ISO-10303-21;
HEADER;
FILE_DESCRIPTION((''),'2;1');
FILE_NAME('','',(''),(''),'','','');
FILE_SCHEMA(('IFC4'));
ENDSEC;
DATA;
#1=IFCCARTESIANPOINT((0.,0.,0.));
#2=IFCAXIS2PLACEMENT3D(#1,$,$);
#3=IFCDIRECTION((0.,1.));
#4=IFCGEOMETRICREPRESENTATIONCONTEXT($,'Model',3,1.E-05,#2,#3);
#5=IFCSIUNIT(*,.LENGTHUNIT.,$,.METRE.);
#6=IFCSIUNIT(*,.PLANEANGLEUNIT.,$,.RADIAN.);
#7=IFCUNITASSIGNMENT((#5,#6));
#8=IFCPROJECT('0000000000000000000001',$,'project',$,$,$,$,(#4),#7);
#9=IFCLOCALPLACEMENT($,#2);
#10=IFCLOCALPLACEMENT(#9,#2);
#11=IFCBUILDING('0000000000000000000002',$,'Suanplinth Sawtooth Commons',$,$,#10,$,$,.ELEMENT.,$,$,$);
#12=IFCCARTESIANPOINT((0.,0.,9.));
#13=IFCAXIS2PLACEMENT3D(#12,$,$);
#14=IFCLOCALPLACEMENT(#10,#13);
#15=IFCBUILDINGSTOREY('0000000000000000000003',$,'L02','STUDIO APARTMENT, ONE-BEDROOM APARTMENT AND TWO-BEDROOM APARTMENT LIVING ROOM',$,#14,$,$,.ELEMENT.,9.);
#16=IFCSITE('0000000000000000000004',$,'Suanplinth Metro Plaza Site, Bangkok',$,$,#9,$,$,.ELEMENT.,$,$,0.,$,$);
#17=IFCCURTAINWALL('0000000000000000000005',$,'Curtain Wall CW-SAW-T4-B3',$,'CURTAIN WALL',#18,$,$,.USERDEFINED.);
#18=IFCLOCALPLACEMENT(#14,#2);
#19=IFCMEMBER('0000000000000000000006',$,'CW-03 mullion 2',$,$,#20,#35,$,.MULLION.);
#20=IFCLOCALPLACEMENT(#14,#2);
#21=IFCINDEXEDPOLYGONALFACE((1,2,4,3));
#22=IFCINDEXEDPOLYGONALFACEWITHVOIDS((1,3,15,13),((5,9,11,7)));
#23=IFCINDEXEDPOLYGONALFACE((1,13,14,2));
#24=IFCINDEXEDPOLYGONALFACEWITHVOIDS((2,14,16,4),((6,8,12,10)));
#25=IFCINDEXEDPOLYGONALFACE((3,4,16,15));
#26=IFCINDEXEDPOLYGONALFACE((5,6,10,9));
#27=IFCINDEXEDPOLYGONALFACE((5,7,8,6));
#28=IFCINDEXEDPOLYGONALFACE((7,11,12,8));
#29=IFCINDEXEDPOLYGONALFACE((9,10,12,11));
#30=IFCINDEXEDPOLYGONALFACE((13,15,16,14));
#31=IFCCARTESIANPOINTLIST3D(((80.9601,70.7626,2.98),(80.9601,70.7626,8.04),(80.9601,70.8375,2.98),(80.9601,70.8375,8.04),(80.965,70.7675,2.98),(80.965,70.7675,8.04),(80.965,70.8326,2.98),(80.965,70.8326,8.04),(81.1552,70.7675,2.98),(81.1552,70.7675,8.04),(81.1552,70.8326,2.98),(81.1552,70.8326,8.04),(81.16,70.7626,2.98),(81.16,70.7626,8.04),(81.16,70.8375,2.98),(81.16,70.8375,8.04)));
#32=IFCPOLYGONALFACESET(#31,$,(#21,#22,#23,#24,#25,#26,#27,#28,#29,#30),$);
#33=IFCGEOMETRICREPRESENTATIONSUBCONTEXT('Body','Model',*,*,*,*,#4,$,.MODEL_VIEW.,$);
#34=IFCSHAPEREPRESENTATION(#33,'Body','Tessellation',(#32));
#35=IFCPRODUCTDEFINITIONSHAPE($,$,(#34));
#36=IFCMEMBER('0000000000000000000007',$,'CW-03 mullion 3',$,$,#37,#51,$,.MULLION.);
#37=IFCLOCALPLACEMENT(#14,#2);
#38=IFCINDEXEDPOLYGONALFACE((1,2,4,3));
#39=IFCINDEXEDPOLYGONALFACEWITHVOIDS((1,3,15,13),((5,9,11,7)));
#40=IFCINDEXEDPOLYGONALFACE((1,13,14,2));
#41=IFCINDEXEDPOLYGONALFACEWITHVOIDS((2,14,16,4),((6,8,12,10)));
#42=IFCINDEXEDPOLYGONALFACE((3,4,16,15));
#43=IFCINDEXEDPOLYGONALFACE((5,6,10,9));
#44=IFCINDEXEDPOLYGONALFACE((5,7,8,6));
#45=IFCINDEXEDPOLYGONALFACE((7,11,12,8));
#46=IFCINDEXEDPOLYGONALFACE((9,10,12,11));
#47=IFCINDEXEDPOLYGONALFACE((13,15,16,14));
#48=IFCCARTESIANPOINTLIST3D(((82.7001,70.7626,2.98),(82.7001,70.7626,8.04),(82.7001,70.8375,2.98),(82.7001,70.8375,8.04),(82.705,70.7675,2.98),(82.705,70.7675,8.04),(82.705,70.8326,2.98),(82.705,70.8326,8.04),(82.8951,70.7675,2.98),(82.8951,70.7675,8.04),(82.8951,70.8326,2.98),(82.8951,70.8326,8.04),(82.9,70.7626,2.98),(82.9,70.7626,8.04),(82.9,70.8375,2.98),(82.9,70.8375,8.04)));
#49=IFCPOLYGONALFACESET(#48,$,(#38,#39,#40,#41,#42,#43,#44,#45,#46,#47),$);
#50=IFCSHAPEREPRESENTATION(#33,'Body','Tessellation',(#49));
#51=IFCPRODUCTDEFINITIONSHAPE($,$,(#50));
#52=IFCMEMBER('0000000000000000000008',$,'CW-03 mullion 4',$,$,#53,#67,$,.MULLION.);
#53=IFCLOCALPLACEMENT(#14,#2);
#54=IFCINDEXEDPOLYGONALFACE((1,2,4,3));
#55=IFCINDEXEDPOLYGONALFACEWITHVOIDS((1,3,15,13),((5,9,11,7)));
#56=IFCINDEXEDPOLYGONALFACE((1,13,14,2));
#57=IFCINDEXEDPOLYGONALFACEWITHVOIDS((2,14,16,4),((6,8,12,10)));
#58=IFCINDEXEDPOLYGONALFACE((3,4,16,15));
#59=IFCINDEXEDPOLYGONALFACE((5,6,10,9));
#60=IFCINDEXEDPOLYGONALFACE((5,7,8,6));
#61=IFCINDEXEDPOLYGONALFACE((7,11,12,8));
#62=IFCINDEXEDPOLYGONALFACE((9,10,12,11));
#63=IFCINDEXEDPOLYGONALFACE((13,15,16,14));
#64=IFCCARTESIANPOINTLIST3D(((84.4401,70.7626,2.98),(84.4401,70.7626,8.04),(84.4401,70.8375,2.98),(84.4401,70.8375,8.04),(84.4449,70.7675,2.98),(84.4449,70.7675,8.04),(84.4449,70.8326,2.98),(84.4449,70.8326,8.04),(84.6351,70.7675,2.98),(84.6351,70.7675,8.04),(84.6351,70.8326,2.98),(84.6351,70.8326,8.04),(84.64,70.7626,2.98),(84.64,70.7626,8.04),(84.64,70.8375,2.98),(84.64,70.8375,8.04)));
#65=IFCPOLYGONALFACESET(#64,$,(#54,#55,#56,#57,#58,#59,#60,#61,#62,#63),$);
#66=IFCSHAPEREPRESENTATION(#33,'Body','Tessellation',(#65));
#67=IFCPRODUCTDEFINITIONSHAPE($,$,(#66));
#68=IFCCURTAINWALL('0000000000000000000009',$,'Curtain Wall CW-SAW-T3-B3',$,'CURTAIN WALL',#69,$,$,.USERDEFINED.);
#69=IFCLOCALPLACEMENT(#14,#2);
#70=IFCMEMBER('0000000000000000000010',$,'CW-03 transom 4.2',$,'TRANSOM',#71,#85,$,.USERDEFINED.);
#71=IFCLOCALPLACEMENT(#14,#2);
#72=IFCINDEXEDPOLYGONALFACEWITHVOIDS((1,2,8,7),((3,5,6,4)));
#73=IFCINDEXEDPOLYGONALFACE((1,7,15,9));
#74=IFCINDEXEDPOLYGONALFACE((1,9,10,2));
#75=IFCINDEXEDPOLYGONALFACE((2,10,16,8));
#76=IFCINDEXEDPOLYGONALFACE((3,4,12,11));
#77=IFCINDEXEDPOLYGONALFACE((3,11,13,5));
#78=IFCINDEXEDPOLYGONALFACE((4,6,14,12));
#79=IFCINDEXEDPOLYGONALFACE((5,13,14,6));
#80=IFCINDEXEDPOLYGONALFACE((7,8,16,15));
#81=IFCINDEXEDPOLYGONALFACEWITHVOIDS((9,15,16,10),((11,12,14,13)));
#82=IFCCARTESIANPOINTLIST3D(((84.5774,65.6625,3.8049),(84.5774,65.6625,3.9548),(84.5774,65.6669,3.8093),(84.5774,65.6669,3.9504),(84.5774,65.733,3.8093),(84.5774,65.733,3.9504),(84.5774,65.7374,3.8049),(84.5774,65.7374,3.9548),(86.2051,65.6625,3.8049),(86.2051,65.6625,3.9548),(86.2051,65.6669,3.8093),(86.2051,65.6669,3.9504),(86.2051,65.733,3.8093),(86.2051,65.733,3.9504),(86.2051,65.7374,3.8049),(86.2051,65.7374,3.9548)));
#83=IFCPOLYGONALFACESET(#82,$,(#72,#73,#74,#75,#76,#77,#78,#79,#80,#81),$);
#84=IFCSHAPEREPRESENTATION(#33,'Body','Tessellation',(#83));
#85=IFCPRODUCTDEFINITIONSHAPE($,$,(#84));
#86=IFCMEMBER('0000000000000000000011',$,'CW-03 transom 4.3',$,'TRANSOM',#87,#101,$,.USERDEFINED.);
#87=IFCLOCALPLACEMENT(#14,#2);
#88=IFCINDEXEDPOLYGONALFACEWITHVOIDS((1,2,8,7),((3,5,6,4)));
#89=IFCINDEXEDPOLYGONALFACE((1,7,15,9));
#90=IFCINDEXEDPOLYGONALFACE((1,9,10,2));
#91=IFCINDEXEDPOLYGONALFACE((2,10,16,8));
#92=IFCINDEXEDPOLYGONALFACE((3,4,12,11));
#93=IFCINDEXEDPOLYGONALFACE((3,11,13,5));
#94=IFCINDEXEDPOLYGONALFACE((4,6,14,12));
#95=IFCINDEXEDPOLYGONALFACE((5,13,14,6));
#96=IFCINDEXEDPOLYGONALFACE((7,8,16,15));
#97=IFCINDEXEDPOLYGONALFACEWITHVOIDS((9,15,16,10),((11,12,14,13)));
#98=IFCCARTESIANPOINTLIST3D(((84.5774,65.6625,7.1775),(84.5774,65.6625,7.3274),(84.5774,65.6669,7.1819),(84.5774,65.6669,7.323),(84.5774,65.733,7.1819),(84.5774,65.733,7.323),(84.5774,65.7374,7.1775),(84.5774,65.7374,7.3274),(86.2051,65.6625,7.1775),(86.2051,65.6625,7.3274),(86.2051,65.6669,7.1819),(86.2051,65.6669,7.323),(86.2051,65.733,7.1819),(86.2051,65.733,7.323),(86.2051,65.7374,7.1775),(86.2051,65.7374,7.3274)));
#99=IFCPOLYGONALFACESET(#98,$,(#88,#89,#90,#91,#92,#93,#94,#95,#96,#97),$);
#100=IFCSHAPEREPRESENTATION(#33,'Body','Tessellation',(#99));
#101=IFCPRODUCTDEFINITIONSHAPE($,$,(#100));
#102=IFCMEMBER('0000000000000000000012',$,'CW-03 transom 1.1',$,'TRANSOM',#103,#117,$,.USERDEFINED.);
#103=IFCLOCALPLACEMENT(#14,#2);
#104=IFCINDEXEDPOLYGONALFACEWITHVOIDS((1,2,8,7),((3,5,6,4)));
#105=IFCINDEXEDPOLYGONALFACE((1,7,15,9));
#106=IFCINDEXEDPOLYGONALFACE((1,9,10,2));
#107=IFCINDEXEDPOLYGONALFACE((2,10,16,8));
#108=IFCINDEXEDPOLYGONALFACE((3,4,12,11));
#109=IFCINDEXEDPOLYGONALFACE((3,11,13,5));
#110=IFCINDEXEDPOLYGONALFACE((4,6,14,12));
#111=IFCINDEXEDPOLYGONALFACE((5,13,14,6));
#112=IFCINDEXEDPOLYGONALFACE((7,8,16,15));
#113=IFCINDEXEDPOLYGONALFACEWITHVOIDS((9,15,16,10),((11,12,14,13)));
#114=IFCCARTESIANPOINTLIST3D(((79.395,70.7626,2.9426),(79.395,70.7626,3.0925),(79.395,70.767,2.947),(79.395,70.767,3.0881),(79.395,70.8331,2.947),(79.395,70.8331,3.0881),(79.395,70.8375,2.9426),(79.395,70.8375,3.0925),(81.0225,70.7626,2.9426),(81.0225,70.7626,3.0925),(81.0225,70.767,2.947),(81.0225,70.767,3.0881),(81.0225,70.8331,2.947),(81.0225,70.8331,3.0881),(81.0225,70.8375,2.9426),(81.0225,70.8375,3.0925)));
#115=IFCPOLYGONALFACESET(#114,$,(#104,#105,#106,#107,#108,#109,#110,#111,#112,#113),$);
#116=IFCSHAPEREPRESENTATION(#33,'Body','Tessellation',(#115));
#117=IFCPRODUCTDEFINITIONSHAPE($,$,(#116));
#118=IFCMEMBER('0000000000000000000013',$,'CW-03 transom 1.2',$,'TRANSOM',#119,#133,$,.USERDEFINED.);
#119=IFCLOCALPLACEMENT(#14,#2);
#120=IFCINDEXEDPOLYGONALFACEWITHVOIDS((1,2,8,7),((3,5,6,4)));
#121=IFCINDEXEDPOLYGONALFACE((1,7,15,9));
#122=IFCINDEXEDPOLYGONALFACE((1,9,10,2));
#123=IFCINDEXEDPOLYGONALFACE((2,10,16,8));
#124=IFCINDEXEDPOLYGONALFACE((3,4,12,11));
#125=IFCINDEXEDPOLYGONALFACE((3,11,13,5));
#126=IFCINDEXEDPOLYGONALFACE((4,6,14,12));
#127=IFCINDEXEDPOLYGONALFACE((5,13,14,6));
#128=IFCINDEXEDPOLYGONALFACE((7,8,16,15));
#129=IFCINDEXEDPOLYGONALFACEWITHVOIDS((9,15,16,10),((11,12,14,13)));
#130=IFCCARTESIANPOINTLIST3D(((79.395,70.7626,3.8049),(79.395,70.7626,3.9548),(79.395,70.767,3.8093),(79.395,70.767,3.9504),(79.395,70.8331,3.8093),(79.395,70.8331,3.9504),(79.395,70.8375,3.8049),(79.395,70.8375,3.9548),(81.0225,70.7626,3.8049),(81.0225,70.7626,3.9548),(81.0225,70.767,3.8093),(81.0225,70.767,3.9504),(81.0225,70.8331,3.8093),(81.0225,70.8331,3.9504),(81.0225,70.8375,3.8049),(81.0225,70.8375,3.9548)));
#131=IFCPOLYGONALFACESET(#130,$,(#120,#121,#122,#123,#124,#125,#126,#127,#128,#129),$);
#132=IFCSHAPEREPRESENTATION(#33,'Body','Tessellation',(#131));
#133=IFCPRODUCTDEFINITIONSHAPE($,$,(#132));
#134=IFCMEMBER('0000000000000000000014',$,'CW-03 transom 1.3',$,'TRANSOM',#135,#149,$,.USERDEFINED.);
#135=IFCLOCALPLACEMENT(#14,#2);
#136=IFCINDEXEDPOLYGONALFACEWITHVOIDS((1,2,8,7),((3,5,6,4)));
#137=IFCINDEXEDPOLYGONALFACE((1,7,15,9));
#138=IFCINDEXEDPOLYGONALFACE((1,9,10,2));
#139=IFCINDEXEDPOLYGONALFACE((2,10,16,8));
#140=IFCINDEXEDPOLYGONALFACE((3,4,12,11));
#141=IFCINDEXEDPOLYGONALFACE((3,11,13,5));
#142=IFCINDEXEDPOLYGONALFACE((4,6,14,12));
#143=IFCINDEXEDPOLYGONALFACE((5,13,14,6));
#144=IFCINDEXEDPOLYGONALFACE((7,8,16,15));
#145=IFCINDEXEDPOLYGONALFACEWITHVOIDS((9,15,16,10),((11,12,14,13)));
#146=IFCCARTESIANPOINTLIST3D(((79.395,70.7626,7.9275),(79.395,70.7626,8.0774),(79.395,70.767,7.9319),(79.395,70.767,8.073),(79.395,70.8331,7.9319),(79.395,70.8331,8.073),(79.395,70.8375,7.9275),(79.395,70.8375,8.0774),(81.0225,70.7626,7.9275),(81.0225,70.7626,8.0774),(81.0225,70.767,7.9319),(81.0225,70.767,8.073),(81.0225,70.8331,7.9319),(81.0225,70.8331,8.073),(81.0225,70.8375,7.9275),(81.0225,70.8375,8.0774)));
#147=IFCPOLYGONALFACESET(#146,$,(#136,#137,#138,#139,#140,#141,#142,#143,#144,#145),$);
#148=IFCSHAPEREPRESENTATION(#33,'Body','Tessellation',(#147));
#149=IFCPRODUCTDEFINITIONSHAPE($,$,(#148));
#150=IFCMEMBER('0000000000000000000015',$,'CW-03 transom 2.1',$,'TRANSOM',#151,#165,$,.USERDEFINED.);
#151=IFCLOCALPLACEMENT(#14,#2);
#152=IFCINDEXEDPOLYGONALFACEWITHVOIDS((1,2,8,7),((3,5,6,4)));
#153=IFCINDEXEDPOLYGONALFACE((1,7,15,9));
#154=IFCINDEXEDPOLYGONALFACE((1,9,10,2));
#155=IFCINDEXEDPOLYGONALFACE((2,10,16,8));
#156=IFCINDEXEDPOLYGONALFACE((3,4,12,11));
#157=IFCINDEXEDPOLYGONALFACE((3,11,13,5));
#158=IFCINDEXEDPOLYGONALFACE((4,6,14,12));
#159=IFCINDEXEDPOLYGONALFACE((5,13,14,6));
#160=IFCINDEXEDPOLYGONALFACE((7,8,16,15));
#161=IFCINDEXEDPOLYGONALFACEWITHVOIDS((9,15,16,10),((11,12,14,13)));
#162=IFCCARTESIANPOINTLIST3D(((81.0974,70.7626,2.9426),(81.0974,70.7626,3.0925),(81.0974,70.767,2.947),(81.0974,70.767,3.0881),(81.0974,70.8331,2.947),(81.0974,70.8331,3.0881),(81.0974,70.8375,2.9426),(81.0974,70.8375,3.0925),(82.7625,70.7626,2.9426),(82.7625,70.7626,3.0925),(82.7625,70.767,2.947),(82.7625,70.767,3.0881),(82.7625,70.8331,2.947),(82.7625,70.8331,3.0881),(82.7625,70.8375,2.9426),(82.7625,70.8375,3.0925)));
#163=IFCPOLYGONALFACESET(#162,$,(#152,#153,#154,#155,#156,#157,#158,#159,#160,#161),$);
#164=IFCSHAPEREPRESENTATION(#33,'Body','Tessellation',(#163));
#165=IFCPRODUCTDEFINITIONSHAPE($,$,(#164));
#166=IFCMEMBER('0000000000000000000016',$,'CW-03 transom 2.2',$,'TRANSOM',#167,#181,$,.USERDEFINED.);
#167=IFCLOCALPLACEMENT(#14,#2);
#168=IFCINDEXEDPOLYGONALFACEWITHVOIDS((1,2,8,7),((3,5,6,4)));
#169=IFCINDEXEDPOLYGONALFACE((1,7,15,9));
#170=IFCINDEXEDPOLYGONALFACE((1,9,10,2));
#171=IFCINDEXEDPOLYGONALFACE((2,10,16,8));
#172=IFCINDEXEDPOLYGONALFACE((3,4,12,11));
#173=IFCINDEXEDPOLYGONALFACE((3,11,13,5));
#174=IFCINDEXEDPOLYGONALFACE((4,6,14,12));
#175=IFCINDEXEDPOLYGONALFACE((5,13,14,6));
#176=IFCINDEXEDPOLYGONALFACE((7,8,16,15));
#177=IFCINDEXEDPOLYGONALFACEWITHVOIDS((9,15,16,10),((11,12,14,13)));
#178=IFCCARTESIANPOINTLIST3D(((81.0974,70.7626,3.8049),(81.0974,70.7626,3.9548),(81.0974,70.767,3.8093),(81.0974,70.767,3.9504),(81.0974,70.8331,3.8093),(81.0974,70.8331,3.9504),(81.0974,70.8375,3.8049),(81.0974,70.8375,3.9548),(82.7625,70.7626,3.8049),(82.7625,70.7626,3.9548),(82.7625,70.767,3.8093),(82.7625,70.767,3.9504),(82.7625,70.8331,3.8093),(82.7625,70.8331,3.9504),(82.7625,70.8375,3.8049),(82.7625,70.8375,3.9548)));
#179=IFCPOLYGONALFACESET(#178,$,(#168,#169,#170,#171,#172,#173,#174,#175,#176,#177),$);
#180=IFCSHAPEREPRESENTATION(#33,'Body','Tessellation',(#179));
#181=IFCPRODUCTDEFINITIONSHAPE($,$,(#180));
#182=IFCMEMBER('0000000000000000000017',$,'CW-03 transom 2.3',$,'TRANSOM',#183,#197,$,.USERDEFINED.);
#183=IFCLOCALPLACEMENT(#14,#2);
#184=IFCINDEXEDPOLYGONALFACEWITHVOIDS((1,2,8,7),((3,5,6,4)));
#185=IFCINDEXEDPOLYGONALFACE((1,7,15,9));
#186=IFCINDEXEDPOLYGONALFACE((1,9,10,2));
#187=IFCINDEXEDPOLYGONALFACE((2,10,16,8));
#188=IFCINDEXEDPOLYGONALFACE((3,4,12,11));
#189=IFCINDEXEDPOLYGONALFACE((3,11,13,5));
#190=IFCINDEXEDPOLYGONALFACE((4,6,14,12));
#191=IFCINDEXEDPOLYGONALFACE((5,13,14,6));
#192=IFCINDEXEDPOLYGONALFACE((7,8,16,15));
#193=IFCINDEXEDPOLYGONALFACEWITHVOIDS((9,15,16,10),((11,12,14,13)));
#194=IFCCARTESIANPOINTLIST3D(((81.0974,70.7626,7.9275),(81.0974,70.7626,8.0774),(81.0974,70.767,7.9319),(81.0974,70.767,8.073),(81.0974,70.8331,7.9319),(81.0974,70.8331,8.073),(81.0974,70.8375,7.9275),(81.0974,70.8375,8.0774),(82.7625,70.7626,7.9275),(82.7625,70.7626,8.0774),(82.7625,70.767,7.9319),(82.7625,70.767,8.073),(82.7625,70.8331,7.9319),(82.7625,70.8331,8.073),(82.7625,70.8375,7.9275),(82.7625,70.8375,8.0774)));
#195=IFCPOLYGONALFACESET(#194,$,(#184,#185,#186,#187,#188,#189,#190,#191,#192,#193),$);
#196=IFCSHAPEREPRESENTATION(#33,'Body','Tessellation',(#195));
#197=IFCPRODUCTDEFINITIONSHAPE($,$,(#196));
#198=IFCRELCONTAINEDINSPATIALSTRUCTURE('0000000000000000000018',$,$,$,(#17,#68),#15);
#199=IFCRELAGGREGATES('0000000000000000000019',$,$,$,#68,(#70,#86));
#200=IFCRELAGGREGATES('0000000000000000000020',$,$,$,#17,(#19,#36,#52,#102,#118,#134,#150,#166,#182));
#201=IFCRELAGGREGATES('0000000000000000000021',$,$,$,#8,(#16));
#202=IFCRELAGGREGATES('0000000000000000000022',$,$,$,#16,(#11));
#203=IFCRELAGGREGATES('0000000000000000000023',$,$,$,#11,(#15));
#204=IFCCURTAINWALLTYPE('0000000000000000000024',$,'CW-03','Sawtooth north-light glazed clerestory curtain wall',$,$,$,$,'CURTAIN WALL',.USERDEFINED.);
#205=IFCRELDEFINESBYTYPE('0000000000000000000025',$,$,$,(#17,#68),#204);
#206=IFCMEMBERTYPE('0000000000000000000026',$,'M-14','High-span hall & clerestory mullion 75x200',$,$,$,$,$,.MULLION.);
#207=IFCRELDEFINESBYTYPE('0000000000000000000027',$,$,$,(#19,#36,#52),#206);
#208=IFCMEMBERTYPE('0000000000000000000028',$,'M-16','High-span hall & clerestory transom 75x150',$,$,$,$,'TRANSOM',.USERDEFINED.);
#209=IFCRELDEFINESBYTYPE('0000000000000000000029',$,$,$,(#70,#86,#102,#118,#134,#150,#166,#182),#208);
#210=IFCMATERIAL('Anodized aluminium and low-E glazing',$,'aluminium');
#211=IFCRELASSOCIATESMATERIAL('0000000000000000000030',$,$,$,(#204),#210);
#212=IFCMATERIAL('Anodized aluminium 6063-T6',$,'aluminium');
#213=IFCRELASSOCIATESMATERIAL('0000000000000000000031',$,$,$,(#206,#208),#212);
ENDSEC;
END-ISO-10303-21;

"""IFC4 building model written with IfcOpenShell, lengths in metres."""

from ifc_helpers import new_model, si_unit, direction, frame, origin, origin_2d, place, context, subcontext, project, spatial, hollow_rectangle, extrude, material, material_profile, profile_set, type_object, element, aggregate, save


model = new_model("IFC4")

# Units and contexts
model_context = context("Model", 3, precision=1e-05, world=origin(), true_north=direction((0.0, 1.0)))
body_context = subcontext(model_context, "Body", "Model", "MODEL_VIEW")
ifc_project = project(units=[si_unit("LENGTHUNIT", "METRE"), si_unit("PLANEANGLEUNIT", "RADIAN")], contexts=[model_context])

# Site, building, storey
site_placement = place(None, origin())
site = spatial("IfcSite", under=ifc_project, at=site_placement, Name="Suanplinth Metro Plaza Site, Bangkok", CompositionType="ELEMENT", RefElevation=0.0)
building_placement = place(site_placement, origin())
building = spatial("IfcBuilding", under=site, at=building_placement, Name="Suanplinth Sawtooth Commons", CompositionType="ELEMENT")
storey_placement = place(building_placement, frame((0.0, 0.0, 9.0)))
storey = spatial("IfcBuildingStorey", under=building, at=storey_placement, Name="L02", Description="STUDIO APARTMENT, ONE-BEDROOM APARTMENT AND TWO-BEDROOM APARTMENT LIVING ROOM", CompositionType="ELEMENT", Elevation=9.0)

# Curtain walls, members
ifc_material_1 = material(Name="Anodized aluminium and low-E glazing", Category="aluminium")
curtain_wall_type = type_object("IfcCurtainWallType", Name="CW-03", Description="Sawtooth north-light glazed clerestory curtain wall", ElementType="CURTAIN WALL", PredefinedType="USERDEFINED", material=ifc_material_1)
curtain_wall_1_placement = place(storey_placement, origin())
curtain_wall_1 = element("IfcCurtainWall", 1, at=curtain_wall_1_placement, inside=storey, type_object=curtain_wall_type, Name="Curtain Wall CW-SAW-T4-B3", ObjectType="CURTAIN WALL", PredefinedType="USERDEFINED")
ifc_material_2 = material(Name="Anodized aluminium 6063-T6", Category="aluminium")
ifc_material_profile_1 = material_profile(ifc_material_2, hollow_rectangle(XDim=0.075, YDim=0.2, WallThickness=0.0049, at=origin_2d()), Name="ALU-MUL 75x200")
ifc_profile_set_1 = profile_set([ifc_material_profile_1], Name="Anodized aluminium 6063-T6")
member_type_1 = type_object("IfcMemberType", Name="M-14", Description="High-span hall & clerestory mullion 75x200", PredefinedType="MULLION", material=ifc_profile_set_1)
member_1_placement = place(storey_placement, frame((81.0601, 70.8, 2.98), z_axis=(0.0, 0.0, 1.0), x_axis=(0.0, 1.0, 0.0)))
member_1 = element("IfcMember", 2, at=member_1_placement, type_object=member_type_1, Name="CW-03 mullion 2", PredefinedType="MULLION", context=body_context, shape_type="SweptSolid", body=[
    extrude(hollow_rectangle(XDim=0.075, YDim=0.2, WallThickness=0.0049, at=origin_2d()), origin(), (0.0, 0.0, 1.0), 5.0601),
])
member_2_placement = place(storey_placement, frame((82.8, 70.8, 2.98), z_axis=(0.0, 0.0, 1.0), x_axis=(0.0, 1.0, 0.0)))
member_2 = element("IfcMember", 3, at=member_2_placement, type_object=member_type_1, Name="CW-03 mullion 3", PredefinedType="MULLION", context=body_context, shape_type="SweptSolid", body=[
    extrude(hollow_rectangle(XDim=0.075, YDim=0.2, WallThickness=0.0049, at=origin_2d()), origin(), (0.0, 0.0, 1.0), 5.0601),
])
member_3_placement = place(storey_placement, frame((84.54, 70.8, 2.98), z_axis=(0.0, 0.0, 1.0), x_axis=(0.0, 1.0, 0.0)))
member_3 = element("IfcMember", 4, at=member_3_placement, type_object=member_type_1, Name="CW-03 mullion 4", PredefinedType="MULLION", context=body_context, shape_type="SweptSolid", body=[
    extrude(hollow_rectangle(XDim=0.075, YDim=0.2, WallThickness=0.0049, at=origin_2d()), origin(), (0.0, 0.0, 1.0), 5.0601),
])
curtain_wall_2_placement = place(storey_placement, origin())
curtain_wall_2 = element("IfcCurtainWall", 5, at=curtain_wall_2_placement, inside=storey, type_object=curtain_wall_type, Name="Curtain Wall CW-SAW-T3-B3", ObjectType="CURTAIN WALL", PredefinedType="USERDEFINED")
ifc_material_profile_2 = material_profile(ifc_material_2, hollow_rectangle(XDim=0.075, YDim=0.1499, WallThickness=0.0044, at=origin_2d()), Name="ALU-TRN 75x150")
ifc_profile_set_2 = profile_set([ifc_material_profile_2], Name="Anodized aluminium 6063-T6")
member_type_2 = type_object("IfcMemberType", Name="M-16", Description="High-span hall & clerestory transom 75x150", ElementType="TRANSOM", PredefinedType="USERDEFINED", material=ifc_profile_set_2)
member_4_placement = place(storey_placement, frame((84.5774, 65.7, 3.8799), z_axis=(1.0, 0.0, 0.0), x_axis=(0.0, 1.0, 0.0)))
member_4 = element("IfcMember", 6, at=member_4_placement, type_object=member_type_2, Name="CW-03 transom 4.2", ObjectType="TRANSOM", PredefinedType="USERDEFINED", context=body_context, shape_type="SweptSolid", body=[
    extrude(hollow_rectangle(XDim=0.075, YDim=0.1499, WallThickness=0.0044, at=origin_2d()), origin(), (0.0, 0.0, 1.0), 1.6277),
])
member_5_placement = place(storey_placement, frame((84.5774, 65.7, 7.2524), z_axis=(1.0, 0.0, 0.0), x_axis=(0.0, 1.0, 0.0)))
member_5 = element("IfcMember", 7, at=member_5_placement, type_object=member_type_2, Name="CW-03 transom 4.3", ObjectType="TRANSOM", PredefinedType="USERDEFINED", context=body_context, shape_type="SweptSolid", body=[
    extrude(hollow_rectangle(XDim=0.075, YDim=0.1499, WallThickness=0.0044, at=origin_2d()), origin(), (0.0, 0.0, 1.0), 1.6277),
])
aggregate(curtain_wall_2, [member_4, member_5])

# Members
member_6_placement = place(storey_placement, frame((79.395, 70.8, 3.0176), z_axis=(1.0, 0.0, 0.0), x_axis=(0.0, 1.0, 0.0)))
member_6 = element("IfcMember", 8, at=member_6_placement, type_object=member_type_2, Name="CW-03 transom 1.1", ObjectType="TRANSOM", PredefinedType="USERDEFINED", context=body_context, shape_type="SweptSolid", body=[
    extrude(hollow_rectangle(XDim=0.075, YDim=0.1499, WallThickness=0.0044, at=origin_2d()), origin(), (0.0, 0.0, 1.0), 1.6274),
])
member_7_placement = place(storey_placement, frame((79.395, 70.8, 3.8799), z_axis=(1.0, 0.0, 0.0), x_axis=(0.0, 1.0, 0.0)))
member_7 = element("IfcMember", 9, at=member_7_placement, type_object=member_type_2, Name="CW-03 transom 1.2", ObjectType="TRANSOM", PredefinedType="USERDEFINED", context=body_context, shape_type="SweptSolid", body=[
    extrude(hollow_rectangle(XDim=0.075, YDim=0.1499, WallThickness=0.0044, at=origin_2d()), origin(), (0.0, 0.0, 1.0), 1.6274),
])
member_8_placement = place(storey_placement, frame((79.395, 70.8, 8.0024), z_axis=(1.0, 0.0, 0.0), x_axis=(0.0, 1.0, 0.0)))
member_8 = element("IfcMember", 10, at=member_8_placement, type_object=member_type_2, Name="CW-03 transom 1.3", ObjectType="TRANSOM", PredefinedType="USERDEFINED", context=body_context, shape_type="SweptSolid", body=[
    extrude(hollow_rectangle(XDim=0.075, YDim=0.1499, WallThickness=0.0044, at=origin_2d()), origin(), (0.0, 0.0, 1.0), 1.6274),
])
member_9_placement = place(storey_placement, frame((81.0974, 70.8, 3.0176), z_axis=(1.0, 0.0, 0.0), x_axis=(0.0, 1.0, 0.0)))
member_9 = element("IfcMember", 11, at=member_9_placement, type_object=member_type_2, Name="CW-03 transom 2.1", ObjectType="TRANSOM", PredefinedType="USERDEFINED", context=body_context, shape_type="SweptSolid", body=[
    extrude(hollow_rectangle(XDim=0.075, YDim=0.1499, WallThickness=0.0044, at=origin_2d()), origin(), (0.0, 0.0, 1.0), 1.665),
])
member_10_placement = place(storey_placement, frame((81.0974, 70.8, 3.8799), z_axis=(1.0, 0.0, 0.0), x_axis=(0.0, 1.0, 0.0)))
member_10 = element("IfcMember", 12, at=member_10_placement, type_object=member_type_2, Name="CW-03 transom 2.2", ObjectType="TRANSOM", PredefinedType="USERDEFINED", context=body_context, shape_type="SweptSolid", body=[
    extrude(hollow_rectangle(XDim=0.075, YDim=0.1499, WallThickness=0.0044, at=origin_2d()), origin(), (0.0, 0.0, 1.0), 1.665),
])
member_11_placement = place(storey_placement, frame((81.0974, 70.8, 8.0024), z_axis=(1.0, 0.0, 0.0), x_axis=(0.0, 1.0, 0.0)))
member_11 = element("IfcMember", 13, at=member_11_placement, type_object=member_type_2, Name="CW-03 transom 2.3", ObjectType="TRANSOM", PredefinedType="USERDEFINED", context=body_context, shape_type="SweptSolid", body=[
    extrude(hollow_rectangle(XDim=0.075, YDim=0.1499, WallThickness=0.0044, at=origin_2d()), origin(), (0.0, 0.0, 1.0), 1.665),
])

aggregate(curtain_wall_1, [member_1, member_2, member_3, member_6, member_7, member_8, member_9, member_10, member_11])

save(model, "model.ifc")
